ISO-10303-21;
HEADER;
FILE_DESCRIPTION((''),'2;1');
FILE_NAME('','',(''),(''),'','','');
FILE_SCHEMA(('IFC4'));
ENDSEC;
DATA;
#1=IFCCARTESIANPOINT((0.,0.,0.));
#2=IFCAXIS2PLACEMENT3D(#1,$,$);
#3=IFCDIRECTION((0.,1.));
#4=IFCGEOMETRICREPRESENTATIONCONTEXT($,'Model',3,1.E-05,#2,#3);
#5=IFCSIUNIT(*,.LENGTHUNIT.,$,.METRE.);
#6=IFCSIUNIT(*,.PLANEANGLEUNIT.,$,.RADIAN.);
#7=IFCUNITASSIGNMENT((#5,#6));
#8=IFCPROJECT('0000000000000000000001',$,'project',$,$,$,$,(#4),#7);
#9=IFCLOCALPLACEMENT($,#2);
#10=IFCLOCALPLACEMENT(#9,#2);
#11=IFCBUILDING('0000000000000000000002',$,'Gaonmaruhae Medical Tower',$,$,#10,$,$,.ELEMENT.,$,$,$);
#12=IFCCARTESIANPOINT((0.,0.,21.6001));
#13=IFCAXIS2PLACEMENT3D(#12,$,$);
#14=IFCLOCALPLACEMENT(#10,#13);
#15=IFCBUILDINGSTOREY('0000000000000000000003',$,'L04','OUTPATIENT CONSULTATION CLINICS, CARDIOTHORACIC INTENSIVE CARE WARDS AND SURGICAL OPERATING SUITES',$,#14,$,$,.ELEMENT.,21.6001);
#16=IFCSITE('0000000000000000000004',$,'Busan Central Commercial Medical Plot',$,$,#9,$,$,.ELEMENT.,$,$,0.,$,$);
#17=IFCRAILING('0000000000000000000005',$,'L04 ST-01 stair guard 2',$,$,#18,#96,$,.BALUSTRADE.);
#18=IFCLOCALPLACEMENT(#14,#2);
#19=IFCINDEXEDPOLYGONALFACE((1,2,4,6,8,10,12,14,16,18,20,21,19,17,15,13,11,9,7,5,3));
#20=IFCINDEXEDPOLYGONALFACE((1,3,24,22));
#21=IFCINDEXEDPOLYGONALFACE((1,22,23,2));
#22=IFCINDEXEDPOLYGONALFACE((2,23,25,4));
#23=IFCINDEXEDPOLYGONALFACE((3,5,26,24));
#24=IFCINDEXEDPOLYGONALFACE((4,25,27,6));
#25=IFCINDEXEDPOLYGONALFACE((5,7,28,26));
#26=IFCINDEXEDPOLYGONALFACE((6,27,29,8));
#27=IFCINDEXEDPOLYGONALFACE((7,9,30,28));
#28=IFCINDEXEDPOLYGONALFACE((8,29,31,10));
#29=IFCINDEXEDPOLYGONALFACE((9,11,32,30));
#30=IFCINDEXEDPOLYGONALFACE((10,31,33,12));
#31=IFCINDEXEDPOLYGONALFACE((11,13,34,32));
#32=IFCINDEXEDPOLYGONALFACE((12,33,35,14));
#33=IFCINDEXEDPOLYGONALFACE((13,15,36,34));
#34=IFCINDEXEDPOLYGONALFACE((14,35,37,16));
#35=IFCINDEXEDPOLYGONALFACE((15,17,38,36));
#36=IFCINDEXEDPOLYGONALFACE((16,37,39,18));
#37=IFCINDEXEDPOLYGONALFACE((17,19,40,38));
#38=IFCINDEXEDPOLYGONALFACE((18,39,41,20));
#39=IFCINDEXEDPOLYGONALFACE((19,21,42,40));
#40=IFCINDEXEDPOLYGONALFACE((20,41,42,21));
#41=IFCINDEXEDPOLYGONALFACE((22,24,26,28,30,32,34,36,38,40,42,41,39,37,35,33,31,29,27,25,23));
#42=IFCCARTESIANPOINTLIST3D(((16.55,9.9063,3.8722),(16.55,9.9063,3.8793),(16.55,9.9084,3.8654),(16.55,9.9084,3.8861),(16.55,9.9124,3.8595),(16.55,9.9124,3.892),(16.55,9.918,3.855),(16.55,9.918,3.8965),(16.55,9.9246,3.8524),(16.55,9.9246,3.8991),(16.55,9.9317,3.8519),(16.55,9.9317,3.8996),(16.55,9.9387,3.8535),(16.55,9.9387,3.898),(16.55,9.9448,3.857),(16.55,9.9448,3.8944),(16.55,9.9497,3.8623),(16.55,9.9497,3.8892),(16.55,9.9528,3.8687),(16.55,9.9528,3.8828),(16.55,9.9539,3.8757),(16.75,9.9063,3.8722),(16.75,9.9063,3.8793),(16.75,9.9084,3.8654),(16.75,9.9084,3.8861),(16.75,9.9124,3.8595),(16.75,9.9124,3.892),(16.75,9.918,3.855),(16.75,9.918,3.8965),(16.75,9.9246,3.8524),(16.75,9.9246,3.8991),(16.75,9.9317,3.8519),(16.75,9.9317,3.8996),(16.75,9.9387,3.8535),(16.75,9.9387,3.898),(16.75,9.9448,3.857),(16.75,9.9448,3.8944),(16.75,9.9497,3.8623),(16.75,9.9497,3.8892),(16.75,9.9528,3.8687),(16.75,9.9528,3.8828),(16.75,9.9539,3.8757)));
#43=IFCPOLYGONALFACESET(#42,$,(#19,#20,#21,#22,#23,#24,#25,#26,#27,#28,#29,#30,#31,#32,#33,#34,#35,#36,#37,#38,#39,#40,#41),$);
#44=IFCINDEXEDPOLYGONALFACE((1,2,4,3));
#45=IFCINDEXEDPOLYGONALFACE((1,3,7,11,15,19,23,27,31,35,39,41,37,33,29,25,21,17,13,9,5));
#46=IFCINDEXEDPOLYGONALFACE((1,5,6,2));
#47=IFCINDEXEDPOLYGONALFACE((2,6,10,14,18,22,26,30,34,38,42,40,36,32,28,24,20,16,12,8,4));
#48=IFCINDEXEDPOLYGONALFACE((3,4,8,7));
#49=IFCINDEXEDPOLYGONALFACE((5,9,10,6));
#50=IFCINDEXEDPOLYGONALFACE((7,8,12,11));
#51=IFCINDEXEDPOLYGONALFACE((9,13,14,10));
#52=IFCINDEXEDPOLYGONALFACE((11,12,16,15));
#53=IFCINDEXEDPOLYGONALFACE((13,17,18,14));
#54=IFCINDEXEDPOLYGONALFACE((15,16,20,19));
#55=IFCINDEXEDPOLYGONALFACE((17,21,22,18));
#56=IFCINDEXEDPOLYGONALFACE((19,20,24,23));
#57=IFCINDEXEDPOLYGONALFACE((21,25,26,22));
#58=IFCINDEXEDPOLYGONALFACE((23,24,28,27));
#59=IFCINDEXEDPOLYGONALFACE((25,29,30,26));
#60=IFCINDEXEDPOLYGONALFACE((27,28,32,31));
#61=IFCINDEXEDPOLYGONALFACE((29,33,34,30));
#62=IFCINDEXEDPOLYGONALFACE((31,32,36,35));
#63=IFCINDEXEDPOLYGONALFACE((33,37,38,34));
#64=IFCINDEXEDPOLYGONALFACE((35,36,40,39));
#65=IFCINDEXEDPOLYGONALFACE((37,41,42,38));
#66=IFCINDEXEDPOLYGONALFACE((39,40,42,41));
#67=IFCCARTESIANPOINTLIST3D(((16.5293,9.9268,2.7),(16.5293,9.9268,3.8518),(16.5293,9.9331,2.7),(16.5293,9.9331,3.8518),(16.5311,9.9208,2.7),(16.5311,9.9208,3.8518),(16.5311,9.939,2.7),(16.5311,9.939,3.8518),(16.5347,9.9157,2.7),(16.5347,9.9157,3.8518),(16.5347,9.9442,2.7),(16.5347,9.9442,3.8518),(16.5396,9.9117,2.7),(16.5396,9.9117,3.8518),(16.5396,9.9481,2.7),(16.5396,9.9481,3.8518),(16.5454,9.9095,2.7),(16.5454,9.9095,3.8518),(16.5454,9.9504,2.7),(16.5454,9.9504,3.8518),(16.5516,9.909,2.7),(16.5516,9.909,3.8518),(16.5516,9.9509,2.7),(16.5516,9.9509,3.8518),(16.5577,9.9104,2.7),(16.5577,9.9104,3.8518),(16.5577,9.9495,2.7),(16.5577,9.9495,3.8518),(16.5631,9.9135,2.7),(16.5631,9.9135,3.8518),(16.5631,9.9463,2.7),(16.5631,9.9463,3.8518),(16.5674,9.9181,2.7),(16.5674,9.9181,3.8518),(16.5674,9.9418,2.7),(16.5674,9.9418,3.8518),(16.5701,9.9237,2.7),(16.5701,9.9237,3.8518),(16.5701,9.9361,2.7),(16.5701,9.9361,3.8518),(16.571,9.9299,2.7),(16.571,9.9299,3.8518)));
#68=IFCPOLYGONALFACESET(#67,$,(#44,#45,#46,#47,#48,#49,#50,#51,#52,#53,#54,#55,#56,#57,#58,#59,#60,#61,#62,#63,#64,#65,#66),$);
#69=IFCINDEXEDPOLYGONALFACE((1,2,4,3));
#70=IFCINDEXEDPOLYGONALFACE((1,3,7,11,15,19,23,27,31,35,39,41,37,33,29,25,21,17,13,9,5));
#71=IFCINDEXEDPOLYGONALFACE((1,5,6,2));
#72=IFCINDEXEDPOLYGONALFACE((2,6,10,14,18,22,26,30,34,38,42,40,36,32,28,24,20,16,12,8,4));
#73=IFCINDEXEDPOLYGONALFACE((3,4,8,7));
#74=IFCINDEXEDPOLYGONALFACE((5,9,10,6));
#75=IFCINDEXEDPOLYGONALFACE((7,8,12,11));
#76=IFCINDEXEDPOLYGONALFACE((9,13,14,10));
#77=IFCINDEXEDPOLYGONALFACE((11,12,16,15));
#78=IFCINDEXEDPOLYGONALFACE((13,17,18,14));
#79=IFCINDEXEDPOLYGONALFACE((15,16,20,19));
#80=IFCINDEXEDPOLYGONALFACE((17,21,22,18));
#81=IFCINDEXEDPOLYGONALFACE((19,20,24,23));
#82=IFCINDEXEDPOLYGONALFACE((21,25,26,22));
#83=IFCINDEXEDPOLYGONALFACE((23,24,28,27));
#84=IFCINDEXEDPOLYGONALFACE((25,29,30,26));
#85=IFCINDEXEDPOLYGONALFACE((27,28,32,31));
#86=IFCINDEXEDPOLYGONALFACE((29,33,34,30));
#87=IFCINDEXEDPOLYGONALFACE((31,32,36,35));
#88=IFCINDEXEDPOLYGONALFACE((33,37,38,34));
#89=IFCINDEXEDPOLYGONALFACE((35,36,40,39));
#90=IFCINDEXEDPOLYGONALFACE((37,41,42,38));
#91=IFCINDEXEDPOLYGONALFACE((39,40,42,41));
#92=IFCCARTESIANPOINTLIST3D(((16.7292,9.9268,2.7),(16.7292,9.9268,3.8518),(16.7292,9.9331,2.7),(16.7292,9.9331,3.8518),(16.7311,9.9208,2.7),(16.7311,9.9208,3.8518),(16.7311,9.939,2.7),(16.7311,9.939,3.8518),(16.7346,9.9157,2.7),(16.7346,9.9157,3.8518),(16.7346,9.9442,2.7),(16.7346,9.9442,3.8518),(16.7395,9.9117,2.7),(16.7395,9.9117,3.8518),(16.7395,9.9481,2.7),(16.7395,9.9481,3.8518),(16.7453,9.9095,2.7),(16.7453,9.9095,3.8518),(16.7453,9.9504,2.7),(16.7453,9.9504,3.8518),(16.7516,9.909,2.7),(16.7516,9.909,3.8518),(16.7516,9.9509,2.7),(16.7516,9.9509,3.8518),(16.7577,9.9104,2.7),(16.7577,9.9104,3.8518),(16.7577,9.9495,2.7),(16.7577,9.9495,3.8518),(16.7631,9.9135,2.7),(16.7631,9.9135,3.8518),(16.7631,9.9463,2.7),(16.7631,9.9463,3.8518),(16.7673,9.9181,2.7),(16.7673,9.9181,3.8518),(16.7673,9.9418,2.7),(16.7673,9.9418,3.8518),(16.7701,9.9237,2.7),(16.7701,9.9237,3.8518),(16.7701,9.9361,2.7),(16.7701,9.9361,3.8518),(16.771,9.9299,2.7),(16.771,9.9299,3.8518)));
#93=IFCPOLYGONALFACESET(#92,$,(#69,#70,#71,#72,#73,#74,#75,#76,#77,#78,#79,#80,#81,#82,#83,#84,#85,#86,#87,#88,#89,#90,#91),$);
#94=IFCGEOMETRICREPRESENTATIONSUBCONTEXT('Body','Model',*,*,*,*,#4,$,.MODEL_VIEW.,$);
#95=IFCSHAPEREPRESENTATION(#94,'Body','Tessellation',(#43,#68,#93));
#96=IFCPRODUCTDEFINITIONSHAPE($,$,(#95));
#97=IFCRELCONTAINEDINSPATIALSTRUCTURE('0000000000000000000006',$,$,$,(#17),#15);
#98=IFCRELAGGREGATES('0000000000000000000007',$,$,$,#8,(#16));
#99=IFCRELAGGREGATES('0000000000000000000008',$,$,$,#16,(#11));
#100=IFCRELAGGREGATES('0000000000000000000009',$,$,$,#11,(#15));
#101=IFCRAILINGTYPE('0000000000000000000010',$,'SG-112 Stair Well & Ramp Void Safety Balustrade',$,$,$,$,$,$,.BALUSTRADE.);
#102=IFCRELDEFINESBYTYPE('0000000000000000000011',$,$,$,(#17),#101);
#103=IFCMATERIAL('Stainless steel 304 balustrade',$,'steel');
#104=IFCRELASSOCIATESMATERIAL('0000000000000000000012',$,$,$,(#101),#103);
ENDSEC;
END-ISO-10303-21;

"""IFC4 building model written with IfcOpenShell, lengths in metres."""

from ifc_helpers import new_model, si_unit, direction, frame, origin, origin_2d, place, context, subcontext, project, spatial, circle, extrude, material, type_object, element, save


model = new_model("IFC4")

# Units and contexts
model_context = context("Model", 3, precision=1e-05, world=origin(), true_north=direction((0.0, 1.0)))
body_context = subcontext(model_context, "Body", "Model", "MODEL_VIEW")
ifc_project = project(units=[si_unit("LENGTHUNIT", "METRE"), si_unit("PLANEANGLEUNIT", "RADIAN")], contexts=[model_context])

# Site, building, storey
site_placement = place(None, origin())
site = spatial("IfcSite", under=ifc_project, at=site_placement, Name="Busan Central Commercial Medical Plot", CompositionType="ELEMENT", RefElevation=0.0)
building_placement = place(site_placement, origin())
building = spatial("IfcBuilding", under=site, at=building_placement, Name="Gaonmaruhae Medical Tower", CompositionType="ELEMENT")
storey_placement = place(building_placement, frame((0.0, 0.0, 21.6001)))
storey = spatial("IfcBuildingStorey", under=building, at=storey_placement, Name="L04", Description="OUTPATIENT CONSULTATION CLINICS, CARDIOTHORACIC INTENSIVE CARE WARDS AND SURGICAL OPERATING SUITES", CompositionType="ELEMENT", Elevation=21.6001)

# Railing
ifc_material_1 = material(Name="Stainless steel 304 balustrade", Category="steel")
railing_type_1 = type_object("IfcRailingType", Name="SG-112 Stair Well & Ramp Void Safety Balustrade", PredefinedType="BALUSTRADE", material=ifc_material_1)
railing_1_placement = place(storey_placement, frame((16.55, 9.9299, 2.7)))
element("IfcRailing", 1, at=railing_1_placement, inside=storey, type_object=railing_type_1, Name="L04 ST-01 stair guard 2", PredefinedType="BALUSTRADE", context=body_context, shape_type="SweptSolid", body=[
    extrude(circle(Radius=0.0239, at=origin_2d()), frame((0.0, 0.0, 1.1758), z_axis=(1.0, 0.0, 0.0), x_axis=(0.0, 1.0, 0.0)), (0.0, 0.0, 1.0), 0.2),
    extrude(circle(Radius=0.021, at=origin_2d()), origin(), (0.0, 0.0, 1.0), 1.1519),
    extrude(circle(Radius=0.021, at=origin_2d()), frame((0.2, 0.0, 0.0)), (0.0, 0.0, 1.0), 1.1519),
])

save(model, "model.ifc")
